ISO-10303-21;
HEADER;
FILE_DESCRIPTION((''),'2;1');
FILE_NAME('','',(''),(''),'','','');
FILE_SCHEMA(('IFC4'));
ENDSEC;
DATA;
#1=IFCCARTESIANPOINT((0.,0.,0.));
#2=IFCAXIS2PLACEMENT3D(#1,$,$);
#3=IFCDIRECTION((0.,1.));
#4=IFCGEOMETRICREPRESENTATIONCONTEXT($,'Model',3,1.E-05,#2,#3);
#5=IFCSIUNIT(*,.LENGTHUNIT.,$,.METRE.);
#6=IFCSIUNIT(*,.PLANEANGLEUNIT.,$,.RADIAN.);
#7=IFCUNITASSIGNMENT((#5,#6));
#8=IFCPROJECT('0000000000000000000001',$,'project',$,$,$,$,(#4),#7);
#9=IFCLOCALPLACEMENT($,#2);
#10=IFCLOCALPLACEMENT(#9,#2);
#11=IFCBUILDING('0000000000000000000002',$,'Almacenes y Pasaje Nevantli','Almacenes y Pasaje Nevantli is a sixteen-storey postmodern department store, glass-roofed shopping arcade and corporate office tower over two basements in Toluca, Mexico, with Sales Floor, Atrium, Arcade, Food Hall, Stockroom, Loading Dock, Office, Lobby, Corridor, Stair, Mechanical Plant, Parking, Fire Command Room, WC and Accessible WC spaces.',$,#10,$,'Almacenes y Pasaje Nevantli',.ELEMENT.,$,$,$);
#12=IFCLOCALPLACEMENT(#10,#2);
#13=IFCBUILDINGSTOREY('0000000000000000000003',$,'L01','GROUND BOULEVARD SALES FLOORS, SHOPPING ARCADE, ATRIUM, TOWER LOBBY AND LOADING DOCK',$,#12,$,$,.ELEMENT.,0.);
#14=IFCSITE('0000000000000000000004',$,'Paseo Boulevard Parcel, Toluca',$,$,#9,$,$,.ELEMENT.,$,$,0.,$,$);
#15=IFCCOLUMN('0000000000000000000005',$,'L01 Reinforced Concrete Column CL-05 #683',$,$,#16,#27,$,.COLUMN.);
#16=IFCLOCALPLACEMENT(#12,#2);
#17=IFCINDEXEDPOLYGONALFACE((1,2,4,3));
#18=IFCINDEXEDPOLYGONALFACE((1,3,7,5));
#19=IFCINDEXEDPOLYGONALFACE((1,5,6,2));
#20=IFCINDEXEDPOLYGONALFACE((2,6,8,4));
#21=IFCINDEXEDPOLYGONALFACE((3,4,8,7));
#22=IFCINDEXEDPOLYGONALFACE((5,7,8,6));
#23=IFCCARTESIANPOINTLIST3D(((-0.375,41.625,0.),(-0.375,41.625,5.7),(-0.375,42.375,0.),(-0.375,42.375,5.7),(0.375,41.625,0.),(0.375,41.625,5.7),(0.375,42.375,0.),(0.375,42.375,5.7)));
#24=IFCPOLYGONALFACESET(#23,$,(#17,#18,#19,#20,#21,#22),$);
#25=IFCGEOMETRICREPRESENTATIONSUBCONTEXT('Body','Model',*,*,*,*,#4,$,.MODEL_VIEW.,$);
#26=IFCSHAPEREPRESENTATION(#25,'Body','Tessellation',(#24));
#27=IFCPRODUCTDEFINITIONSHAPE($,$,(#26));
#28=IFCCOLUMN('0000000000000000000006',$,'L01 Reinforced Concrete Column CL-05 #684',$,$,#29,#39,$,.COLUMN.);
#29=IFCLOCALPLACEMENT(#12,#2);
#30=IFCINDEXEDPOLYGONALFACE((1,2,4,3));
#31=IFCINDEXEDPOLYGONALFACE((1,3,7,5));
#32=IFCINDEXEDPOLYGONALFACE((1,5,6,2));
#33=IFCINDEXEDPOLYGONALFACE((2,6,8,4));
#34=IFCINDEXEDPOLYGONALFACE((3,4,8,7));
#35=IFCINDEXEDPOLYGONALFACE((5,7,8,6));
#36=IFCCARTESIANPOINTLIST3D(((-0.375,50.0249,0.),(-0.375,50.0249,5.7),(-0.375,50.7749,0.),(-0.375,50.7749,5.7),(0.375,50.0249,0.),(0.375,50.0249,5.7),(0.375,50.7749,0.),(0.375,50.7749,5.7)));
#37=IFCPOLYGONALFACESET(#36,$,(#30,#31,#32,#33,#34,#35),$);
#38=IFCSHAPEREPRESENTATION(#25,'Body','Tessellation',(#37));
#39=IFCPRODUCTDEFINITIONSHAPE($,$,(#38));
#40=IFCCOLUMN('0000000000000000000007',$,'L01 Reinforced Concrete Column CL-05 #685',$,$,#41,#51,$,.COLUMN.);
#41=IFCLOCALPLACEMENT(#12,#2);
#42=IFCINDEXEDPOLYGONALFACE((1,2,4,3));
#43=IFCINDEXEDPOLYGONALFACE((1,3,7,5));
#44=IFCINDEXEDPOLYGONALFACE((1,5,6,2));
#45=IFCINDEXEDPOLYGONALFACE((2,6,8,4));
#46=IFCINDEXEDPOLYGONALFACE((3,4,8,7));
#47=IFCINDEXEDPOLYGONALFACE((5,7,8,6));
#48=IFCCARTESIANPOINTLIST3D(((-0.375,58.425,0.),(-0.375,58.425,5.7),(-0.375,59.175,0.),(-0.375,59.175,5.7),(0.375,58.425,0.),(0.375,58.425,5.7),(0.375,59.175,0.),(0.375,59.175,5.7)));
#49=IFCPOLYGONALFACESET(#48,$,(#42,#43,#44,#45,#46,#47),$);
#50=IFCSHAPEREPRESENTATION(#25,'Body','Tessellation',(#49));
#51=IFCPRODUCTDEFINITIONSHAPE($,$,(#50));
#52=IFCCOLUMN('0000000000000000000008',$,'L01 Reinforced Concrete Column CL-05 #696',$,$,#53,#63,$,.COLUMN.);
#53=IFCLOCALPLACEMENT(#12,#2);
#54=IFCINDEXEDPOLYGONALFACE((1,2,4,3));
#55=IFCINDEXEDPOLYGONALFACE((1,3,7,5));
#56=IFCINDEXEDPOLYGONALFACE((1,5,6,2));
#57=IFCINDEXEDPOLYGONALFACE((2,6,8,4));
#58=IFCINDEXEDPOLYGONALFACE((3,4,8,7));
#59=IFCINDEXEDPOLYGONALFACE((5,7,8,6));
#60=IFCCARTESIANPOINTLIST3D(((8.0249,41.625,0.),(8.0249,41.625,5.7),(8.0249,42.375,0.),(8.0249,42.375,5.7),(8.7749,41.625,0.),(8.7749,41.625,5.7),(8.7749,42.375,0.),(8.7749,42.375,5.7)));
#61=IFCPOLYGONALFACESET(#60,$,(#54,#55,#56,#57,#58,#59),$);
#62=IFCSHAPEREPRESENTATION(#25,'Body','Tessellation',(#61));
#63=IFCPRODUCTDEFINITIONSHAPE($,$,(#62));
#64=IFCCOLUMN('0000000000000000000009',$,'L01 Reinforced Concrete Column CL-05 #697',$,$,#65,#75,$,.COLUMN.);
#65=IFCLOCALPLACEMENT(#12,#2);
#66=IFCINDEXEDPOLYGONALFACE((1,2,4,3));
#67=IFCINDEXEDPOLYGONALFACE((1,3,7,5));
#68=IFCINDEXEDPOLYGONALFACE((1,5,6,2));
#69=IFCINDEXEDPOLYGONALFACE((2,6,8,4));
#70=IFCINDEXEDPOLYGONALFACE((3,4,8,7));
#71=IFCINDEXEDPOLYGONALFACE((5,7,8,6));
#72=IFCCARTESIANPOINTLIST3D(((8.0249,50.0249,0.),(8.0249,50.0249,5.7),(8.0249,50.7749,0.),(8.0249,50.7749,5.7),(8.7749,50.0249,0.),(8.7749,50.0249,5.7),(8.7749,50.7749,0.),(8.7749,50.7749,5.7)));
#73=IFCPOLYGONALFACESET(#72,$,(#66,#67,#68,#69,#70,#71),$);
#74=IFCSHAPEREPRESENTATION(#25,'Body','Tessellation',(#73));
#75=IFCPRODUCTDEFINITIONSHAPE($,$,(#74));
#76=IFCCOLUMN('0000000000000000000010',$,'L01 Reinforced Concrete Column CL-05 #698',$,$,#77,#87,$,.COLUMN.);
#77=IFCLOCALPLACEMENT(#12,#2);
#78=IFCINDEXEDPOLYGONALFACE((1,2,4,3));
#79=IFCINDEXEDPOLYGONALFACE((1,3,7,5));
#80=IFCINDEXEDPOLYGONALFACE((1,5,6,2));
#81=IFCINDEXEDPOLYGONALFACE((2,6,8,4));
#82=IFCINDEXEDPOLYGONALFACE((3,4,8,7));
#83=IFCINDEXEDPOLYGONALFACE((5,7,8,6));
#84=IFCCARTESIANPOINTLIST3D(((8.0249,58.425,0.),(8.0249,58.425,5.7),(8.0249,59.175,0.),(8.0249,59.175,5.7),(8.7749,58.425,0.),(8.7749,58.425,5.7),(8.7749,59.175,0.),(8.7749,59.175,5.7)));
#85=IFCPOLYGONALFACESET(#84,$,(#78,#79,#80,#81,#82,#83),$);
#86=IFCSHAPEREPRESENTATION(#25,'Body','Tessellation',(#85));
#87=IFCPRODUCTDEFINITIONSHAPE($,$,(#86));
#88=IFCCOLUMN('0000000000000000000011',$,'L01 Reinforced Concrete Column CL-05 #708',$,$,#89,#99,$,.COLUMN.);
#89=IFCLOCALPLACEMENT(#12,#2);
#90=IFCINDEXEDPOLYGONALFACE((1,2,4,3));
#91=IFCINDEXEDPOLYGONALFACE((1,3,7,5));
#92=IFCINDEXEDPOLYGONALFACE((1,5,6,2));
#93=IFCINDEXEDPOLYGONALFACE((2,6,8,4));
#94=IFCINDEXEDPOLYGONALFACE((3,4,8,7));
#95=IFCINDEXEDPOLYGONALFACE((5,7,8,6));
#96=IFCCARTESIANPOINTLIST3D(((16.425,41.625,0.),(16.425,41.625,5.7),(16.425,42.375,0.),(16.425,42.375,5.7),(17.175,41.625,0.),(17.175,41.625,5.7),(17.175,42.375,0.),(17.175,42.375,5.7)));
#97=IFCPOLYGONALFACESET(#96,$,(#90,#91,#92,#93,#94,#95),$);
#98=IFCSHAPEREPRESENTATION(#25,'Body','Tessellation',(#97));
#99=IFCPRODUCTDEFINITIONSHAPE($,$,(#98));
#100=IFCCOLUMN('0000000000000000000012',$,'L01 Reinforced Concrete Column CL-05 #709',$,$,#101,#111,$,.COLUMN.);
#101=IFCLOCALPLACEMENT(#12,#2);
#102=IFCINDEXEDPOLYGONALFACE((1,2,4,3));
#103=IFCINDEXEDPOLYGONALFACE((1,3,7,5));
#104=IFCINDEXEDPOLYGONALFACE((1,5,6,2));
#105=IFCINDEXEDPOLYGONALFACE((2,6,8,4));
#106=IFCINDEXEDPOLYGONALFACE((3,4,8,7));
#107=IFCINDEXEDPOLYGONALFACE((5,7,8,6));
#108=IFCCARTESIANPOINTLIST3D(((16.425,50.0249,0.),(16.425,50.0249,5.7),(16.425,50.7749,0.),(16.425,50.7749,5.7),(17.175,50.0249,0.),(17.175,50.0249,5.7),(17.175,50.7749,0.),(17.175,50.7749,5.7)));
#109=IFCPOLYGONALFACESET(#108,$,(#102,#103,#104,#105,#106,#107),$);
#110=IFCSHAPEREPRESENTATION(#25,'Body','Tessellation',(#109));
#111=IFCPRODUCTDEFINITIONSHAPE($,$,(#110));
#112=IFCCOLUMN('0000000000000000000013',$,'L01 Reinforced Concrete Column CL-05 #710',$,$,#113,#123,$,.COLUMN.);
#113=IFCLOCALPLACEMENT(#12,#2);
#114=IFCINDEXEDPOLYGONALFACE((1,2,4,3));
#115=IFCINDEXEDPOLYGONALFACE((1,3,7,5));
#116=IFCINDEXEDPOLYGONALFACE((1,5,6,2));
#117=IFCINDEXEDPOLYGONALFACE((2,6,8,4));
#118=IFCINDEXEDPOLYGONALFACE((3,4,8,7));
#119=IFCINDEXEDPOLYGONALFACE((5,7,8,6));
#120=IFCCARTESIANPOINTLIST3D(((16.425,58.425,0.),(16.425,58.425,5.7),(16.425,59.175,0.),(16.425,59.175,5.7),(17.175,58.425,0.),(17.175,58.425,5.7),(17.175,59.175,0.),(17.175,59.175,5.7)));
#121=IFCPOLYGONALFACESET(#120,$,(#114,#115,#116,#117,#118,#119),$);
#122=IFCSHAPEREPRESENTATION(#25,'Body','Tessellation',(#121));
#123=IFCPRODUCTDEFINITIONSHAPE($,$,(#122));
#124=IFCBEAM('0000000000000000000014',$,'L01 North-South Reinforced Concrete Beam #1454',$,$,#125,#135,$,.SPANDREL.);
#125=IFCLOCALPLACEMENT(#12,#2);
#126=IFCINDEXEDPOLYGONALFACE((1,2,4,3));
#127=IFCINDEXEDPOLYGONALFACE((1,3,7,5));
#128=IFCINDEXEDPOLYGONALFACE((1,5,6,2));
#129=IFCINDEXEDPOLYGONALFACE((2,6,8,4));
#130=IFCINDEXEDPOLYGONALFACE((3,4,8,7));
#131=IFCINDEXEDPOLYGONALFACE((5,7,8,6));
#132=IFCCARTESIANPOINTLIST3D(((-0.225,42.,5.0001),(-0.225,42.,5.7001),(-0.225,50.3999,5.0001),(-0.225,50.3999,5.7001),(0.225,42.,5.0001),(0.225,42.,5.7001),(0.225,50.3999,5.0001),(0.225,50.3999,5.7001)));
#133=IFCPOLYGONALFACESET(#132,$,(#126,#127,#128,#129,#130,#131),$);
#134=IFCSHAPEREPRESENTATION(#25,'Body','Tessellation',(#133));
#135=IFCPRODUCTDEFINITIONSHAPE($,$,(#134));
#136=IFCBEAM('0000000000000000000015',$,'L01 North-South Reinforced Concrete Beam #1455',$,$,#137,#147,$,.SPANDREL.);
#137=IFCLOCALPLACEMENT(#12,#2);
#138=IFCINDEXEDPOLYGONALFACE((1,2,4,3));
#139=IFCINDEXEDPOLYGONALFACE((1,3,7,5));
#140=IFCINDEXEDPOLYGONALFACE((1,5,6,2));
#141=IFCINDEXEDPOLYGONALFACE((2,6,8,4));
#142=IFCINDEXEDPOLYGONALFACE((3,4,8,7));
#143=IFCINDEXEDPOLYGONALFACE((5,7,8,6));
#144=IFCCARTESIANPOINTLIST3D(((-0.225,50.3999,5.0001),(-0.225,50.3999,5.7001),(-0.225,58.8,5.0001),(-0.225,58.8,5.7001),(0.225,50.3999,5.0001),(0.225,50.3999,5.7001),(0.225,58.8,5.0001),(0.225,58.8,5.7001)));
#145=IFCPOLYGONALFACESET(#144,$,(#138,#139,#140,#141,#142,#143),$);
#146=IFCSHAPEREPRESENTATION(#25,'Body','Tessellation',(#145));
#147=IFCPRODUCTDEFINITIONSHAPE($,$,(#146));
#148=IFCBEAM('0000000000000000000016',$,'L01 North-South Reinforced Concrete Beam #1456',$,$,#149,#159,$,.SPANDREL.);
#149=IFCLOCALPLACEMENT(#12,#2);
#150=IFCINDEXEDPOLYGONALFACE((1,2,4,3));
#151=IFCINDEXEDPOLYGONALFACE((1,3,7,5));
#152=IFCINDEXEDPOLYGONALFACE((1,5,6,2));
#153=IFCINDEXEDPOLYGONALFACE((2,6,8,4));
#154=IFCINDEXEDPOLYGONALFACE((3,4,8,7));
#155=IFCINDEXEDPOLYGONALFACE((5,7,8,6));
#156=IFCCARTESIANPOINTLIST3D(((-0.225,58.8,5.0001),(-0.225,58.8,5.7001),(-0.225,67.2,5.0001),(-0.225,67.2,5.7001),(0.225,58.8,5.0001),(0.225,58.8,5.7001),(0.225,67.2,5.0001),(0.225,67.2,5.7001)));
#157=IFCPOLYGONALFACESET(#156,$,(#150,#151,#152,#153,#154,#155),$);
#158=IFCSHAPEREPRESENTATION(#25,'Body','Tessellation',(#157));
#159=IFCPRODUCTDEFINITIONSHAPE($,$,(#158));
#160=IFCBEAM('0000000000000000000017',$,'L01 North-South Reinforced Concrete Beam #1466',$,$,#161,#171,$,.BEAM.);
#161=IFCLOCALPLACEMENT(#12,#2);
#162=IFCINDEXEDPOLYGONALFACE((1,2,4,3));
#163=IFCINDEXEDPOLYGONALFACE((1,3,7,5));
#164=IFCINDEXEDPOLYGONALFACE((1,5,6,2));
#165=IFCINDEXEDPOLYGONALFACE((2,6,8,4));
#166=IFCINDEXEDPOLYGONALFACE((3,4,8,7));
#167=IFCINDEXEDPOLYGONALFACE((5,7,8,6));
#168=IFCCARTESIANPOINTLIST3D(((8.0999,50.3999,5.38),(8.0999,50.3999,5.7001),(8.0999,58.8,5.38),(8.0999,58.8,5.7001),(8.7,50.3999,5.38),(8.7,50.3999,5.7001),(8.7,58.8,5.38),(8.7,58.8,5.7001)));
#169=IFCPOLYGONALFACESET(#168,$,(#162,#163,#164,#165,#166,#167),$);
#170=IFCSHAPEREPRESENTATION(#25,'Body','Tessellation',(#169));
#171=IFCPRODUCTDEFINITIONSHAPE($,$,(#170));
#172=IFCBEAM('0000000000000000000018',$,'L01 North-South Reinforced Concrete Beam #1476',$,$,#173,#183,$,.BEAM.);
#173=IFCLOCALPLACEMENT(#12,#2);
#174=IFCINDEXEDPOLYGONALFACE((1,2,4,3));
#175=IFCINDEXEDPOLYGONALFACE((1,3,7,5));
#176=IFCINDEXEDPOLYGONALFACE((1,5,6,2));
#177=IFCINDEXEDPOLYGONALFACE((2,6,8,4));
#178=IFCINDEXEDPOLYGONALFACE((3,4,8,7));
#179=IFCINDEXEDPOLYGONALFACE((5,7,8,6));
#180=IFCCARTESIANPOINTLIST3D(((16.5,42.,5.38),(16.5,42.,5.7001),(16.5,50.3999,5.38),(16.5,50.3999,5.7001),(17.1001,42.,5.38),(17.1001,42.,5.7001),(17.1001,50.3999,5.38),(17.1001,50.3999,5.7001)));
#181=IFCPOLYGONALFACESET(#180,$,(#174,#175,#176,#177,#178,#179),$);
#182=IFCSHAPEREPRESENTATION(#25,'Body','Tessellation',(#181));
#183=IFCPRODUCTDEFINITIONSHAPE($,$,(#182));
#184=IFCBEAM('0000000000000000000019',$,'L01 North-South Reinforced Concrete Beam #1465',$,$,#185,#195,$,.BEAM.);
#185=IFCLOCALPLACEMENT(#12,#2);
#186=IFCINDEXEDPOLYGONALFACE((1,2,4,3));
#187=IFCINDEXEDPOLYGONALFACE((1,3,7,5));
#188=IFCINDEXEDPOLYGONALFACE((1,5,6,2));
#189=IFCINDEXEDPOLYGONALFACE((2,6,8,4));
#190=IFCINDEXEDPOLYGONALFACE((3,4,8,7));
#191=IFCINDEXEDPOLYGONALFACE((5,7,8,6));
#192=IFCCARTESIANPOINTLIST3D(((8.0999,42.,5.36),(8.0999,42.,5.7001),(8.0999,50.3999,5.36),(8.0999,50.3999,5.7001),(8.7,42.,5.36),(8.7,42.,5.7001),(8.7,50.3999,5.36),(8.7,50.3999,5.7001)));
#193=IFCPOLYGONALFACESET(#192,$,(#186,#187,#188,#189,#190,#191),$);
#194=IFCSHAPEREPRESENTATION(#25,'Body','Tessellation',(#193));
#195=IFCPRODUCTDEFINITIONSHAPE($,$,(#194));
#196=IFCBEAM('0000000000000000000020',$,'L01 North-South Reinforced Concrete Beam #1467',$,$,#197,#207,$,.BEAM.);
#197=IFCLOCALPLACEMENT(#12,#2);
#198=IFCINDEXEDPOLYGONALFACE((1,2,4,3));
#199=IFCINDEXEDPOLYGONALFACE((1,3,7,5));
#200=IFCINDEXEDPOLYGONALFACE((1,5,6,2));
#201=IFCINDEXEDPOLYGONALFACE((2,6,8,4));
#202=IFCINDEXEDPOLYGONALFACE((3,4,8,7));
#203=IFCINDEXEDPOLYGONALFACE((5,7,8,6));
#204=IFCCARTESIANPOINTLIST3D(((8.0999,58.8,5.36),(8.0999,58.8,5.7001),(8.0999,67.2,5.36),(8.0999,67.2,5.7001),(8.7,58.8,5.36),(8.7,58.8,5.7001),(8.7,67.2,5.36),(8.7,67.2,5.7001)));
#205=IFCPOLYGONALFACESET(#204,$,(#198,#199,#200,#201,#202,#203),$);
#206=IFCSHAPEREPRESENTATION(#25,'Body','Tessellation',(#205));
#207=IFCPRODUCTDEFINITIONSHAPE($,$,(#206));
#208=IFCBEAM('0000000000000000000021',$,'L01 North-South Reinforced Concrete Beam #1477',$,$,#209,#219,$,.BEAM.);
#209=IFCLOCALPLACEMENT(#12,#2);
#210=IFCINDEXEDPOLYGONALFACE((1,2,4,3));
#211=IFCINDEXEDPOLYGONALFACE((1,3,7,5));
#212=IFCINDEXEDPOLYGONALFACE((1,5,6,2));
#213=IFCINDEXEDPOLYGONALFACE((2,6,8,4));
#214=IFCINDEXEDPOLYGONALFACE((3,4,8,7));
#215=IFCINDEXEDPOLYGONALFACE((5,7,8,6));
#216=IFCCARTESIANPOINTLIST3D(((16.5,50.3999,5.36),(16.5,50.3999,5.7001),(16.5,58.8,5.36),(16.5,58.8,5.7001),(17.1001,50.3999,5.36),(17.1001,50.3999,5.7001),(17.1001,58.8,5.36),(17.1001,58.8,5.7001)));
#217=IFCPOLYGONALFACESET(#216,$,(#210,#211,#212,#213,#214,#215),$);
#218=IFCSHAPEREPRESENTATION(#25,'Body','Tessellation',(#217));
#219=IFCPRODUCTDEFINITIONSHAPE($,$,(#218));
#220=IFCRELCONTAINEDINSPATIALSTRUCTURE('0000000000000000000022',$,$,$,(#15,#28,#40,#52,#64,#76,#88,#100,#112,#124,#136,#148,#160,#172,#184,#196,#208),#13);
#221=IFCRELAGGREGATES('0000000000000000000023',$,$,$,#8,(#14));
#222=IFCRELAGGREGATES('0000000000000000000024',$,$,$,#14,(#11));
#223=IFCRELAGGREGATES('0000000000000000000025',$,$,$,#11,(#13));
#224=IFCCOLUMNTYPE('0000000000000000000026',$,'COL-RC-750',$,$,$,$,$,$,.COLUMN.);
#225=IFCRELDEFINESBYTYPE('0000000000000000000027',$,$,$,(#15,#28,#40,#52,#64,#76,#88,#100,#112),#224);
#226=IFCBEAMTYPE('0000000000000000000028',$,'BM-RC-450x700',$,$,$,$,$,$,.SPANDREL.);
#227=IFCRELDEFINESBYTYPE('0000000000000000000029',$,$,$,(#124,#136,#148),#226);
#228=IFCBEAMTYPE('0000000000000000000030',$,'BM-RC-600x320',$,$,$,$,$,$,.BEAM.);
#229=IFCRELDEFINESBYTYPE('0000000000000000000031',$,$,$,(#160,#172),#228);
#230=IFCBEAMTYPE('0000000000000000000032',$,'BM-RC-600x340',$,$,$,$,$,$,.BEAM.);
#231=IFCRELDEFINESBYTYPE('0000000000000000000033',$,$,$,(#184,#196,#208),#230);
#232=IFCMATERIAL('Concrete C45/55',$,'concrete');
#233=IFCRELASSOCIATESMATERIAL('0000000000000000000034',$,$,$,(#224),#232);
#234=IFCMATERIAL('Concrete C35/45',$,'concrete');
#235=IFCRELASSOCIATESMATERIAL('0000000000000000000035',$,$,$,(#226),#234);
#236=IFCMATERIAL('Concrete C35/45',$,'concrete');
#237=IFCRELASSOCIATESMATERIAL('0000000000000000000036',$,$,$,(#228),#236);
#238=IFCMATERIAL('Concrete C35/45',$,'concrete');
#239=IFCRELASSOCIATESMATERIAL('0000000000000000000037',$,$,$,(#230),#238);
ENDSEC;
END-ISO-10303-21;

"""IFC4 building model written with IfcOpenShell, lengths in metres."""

from ifc_helpers import new_model, si_unit, direction, frame, origin, origin_2d, place, context, subcontext, project, spatial, rectangle, extrude, material, material_profile, profile_set, type_object, element, save


model = new_model("IFC4")

# Units and contexts
model_context = context("Model", 3, precision=1e-05, world=origin(), true_north=direction((0.0, 1.0)))
body_context = subcontext(model_context, "Body", "Model", "MODEL_VIEW")
ifc_project = project(units=[si_unit("LENGTHUNIT", "METRE"), si_unit("PLANEANGLEUNIT", "RADIAN")], contexts=[model_context])

# Site, building, storey
site_placement = place(None, origin())
site = spatial("IfcSite", under=ifc_project, at=site_placement, Name="Paseo Boulevard Parcel, Toluca", CompositionType="ELEMENT", RefElevation=0.0)
building_placement = place(site_placement, origin())
building = spatial("IfcBuilding", under=site, at=building_placement, Name="Almacenes y Pasaje Nevantli", Description="Almacenes y Pasaje Nevantli is a sixteen-storey postmodern department store, glass-roofed shopping arcade and corporate office tower over two basements in Toluca, Mexico, with Sales Floor, Atrium, Arcade, Food Hall, Stockroom, Loading Dock, Office, Lobby, Corridor, Stair, Mechanical Plant, Parking, Fire Command Room, WC and Accessible WC spaces.", LongName="Almacenes y Pasaje Nevantli", CompositionType="ELEMENT")
storey_placement = place(building_placement, origin())
storey = spatial("IfcBuildingStorey", under=building, at=storey_placement, Name="L01", Description="GROUND BOULEVARD SALES FLOORS, SHOPPING ARCADE, ATRIUM, TOWER LOBBY AND LOADING DOCK", CompositionType="ELEMENT", Elevation=0.0)

# Columns
ifc_material_1 = material(Name="Concrete C45/55", Category="concrete")
ifc_material_profile_1 = material_profile(ifc_material_1, rectangle(XDim=0.75, YDim=0.75, at=origin_2d()), Name="RC-COL-750x750")
ifc_profile_set_1 = profile_set([ifc_material_profile_1], Name="Concrete C45/55")
column_type = type_object("IfcColumnType", Name="COL-RC-750", PredefinedType="COLUMN", material=ifc_profile_set_1)
for number, where, z_axis, x_axis, name in (
    (1, (0.0, 42.0, 0.0), (0.0, 0.0, 1.0), (1.0, 0.0, 0.0), "L01 Reinforced Concrete Column CL-05 #683"),
    (2, (0.0, 50.3999, 0.0), (0.0, 0.0, 1.0), (1.0, 0.0, 0.0), "L01 Reinforced Concrete Column CL-05 #684"),
    (3, (0.0, 58.8, 0.0), (0.0, 0.0, 1.0), (1.0, 0.0, 0.0), "L01 Reinforced Concrete Column CL-05 #685"),
    (4, (8.3999, 42.0, 0.0), (0.0, 0.0, 1.0), (1.0, 0.0, 0.0), "L01 Reinforced Concrete Column CL-05 #696"),
    (5, (8.3999, 50.3999, 0.0), (0.0, 0.0, 1.0), (1.0, 0.0, 0.0), "L01 Reinforced Concrete Column CL-05 #697"),
    (6, (8.3999, 58.8, 0.0), (0.0, 0.0, 1.0), (1.0, 0.0, 0.0), "L01 Reinforced Concrete Column CL-05 #698"),
    (7, (16.8, 42.0, 0.0), (0.0, 0.0, 1.0), (1.0, 0.0, 0.0), "L01 Reinforced Concrete Column CL-05 #708"),
    (8, (16.8, 50.3999, 0.0), (0.0, 0.0, 1.0), (1.0, 0.0, 0.0), "L01 Reinforced Concrete Column CL-05 #709"),
    (9, (16.8, 58.8, 0.0), (0.0, 0.0, 1.0), (1.0, 0.0, 0.0), "L01 Reinforced Concrete Column CL-05 #710"),
):
    element("IfcColumn", number, at=place(storey_placement, frame(where, z_axis=z_axis, x_axis=x_axis)), inside=storey, type_object=column_type, Name=name, PredefinedType="COLUMN", context=body_context, shape_type="SweptSolid", body=[
        extrude(rectangle(XDim=0.75, YDim=0.75, at=origin_2d()), origin(), (0.0, 0.0, 1.0), 5.7),
    ])

# Beams
ifc_material_2 = material(Name="Concrete C35/45", Category="concrete")
ifc_material_profile_2 = material_profile(ifc_material_2, rectangle(XDim=0.45, YDim=0.7, at=origin_2d()), Name="RC-BM-450x700")
ifc_profile_set_2 = profile_set([ifc_material_profile_2], Name="Concrete C35/45")
beam_type_1 = type_object("IfcBeamType", Name="BM-RC-450x700", PredefinedType="SPANDREL", material=ifc_profile_set_2)
beam_1_placement = place(storey_placement, frame((0.0, 42.0, 5.3501), z_axis=(0.0, 1.0, 0.0), x_axis=(-1.0, 0.0, 0.0)))
element("IfcBeam", 10, at=beam_1_placement, inside=storey, type_object=beam_type_1, Name="L01 North-South Reinforced Concrete Beam #1454", PredefinedType="SPANDREL", context=body_context, shape_type="SweptSolid", body=[
    extrude(rectangle(XDim=0.45, YDim=0.7, at=origin_2d()), origin(), (0.0, 0.0, 1.0), 8.3999),
])
beam_2_placement = place(storey_placement, frame((0.0, 50.3999, 5.3501), z_axis=(0.0, 1.0, 0.0), x_axis=(-1.0, 0.0, 0.0)))
element("IfcBeam", 11, at=beam_2_placement, inside=storey, type_object=beam_type_1, Name="L01 North-South Reinforced Concrete Beam #1455", PredefinedType="SPANDREL", context=body_context, shape_type="SweptSolid", body=[
    extrude(rectangle(XDim=0.45, YDim=0.7, at=origin_2d()), origin(), (0.0, 0.0, 1.0), 8.4001),
])
beam_3_placement = place(storey_placement, frame((0.0, 58.8, 5.3501), z_axis=(0.0, 1.0, 0.0), x_axis=(-1.0, 0.0, 0.0)))
element("IfcBeam", 12, at=beam_3_placement, inside=storey, type_object=beam_type_1, Name="L01 North-South Reinforced Concrete Beam #1456", PredefinedType="SPANDREL", context=body_context, shape_type="SweptSolid", body=[
    extrude(rectangle(XDim=0.45, YDim=0.7, at=origin_2d()), origin(), (0.0, 0.0, 1.0), 8.3999),
])
ifc_material_3 = material(Name="Concrete C35/45", Category="concrete")
ifc_material_profile_3 = material_profile(ifc_material_3, rectangle(XDim=0.6001, YDim=0.3201, at=origin_2d()), Name="RC-BM-600x320")
ifc_profile_set_3 = profile_set([ifc_material_profile_3], Name="Concrete C35/45")
beam_type_2 = type_object("IfcBeamType", Name="BM-RC-600x320", PredefinedType="BEAM", material=ifc_profile_set_3)
beam_4_placement = place(storey_placement, frame((8.3999, 50.3999, 5.54), z_axis=(0.0, 1.0, 0.0), x_axis=(-1.0, 0.0, 0.0)))
element("IfcBeam", 13, at=beam_4_placement, inside=storey, type_object=beam_type_2, Name="L01 North-South Reinforced Concrete Beam #1466", PredefinedType="BEAM", context=body_context, shape_type="SweptSolid", body=[
    extrude(rectangle(XDim=0.6001, YDim=0.3201, at=origin_2d()), origin(), (0.0, 0.0, 1.0), 8.4001),
])
beam_5_placement = place(storey_placement, frame((16.8, 42.0, 5.54), z_axis=(0.0, 1.0, 0.0), x_axis=(-1.0, 0.0, 0.0)))
element("IfcBeam", 14, at=beam_5_placement, inside=storey, type_object=beam_type_2, Name="L01 North-South Reinforced Concrete Beam #1476", PredefinedType="BEAM", context=body_context, shape_type="SweptSolid", body=[
    extrude(rectangle(XDim=0.6001, YDim=0.3201, at=origin_2d()), origin(), (0.0, 0.0, 1.0), 8.3999),
])
ifc_material_4 = material(Name="Concrete C35/45", Category="concrete")
ifc_material_profile_4 = material_profile(ifc_material_4, rectangle(XDim=0.6001, YDim=0.3401, at=origin_2d()), Name="RC-BM-600x340")
ifc_profile_set_4 = profile_set([ifc_material_profile_4], Name="Concrete C35/45")
beam_type_3 = type_object("IfcBeamType", Name="BM-RC-600x340", PredefinedType="BEAM", material=ifc_profile_set_4)
for number, where, z_axis, x_axis, name in (
    (15, (8.3999, 42.0, 5.53), (0.0, 1.0, 0.0), (-1.0, 0.0, 0.0), "L01 North-South Reinforced Concrete Beam #1465"),
    (16, (8.3999, 58.8, 5.53), (0.0, 1.0, 0.0), (-1.0, 0.0, 0.0), "L01 North-South Reinforced Concrete Beam #1467"),
):
    element("IfcBeam", number, at=place(storey_placement, frame(where, z_axis=z_axis, x_axis=x_axis)), inside=storey, type_object=beam_type_3, Name=name, PredefinedType="BEAM", context=body_context, shape_type="SweptSolid", body=[
        extrude(rectangle(XDim=0.6001, YDim=0.3401, at=origin_2d()), origin(), (0.0, 0.0, 1.0), 8.3999),
    ])
beam_6_placement = place(storey_placement, frame((16.8, 50.3999, 5.53), z_axis=(0.0, 1.0, 0.0), x_axis=(-1.0, 0.0, 0.0)))
element("IfcBeam", 17, at=beam_6_placement, inside=storey, type_object=beam_type_3, Name="L01 North-South Reinforced Concrete Beam #1477", PredefinedType="BEAM", context=body_context, shape_type="SweptSolid", body=[
    extrude(rectangle(XDim=0.6001, YDim=0.3401, at=origin_2d()), origin(), (0.0, 0.0, 1.0), 8.4001),
])

save(model, "model.ifc")
